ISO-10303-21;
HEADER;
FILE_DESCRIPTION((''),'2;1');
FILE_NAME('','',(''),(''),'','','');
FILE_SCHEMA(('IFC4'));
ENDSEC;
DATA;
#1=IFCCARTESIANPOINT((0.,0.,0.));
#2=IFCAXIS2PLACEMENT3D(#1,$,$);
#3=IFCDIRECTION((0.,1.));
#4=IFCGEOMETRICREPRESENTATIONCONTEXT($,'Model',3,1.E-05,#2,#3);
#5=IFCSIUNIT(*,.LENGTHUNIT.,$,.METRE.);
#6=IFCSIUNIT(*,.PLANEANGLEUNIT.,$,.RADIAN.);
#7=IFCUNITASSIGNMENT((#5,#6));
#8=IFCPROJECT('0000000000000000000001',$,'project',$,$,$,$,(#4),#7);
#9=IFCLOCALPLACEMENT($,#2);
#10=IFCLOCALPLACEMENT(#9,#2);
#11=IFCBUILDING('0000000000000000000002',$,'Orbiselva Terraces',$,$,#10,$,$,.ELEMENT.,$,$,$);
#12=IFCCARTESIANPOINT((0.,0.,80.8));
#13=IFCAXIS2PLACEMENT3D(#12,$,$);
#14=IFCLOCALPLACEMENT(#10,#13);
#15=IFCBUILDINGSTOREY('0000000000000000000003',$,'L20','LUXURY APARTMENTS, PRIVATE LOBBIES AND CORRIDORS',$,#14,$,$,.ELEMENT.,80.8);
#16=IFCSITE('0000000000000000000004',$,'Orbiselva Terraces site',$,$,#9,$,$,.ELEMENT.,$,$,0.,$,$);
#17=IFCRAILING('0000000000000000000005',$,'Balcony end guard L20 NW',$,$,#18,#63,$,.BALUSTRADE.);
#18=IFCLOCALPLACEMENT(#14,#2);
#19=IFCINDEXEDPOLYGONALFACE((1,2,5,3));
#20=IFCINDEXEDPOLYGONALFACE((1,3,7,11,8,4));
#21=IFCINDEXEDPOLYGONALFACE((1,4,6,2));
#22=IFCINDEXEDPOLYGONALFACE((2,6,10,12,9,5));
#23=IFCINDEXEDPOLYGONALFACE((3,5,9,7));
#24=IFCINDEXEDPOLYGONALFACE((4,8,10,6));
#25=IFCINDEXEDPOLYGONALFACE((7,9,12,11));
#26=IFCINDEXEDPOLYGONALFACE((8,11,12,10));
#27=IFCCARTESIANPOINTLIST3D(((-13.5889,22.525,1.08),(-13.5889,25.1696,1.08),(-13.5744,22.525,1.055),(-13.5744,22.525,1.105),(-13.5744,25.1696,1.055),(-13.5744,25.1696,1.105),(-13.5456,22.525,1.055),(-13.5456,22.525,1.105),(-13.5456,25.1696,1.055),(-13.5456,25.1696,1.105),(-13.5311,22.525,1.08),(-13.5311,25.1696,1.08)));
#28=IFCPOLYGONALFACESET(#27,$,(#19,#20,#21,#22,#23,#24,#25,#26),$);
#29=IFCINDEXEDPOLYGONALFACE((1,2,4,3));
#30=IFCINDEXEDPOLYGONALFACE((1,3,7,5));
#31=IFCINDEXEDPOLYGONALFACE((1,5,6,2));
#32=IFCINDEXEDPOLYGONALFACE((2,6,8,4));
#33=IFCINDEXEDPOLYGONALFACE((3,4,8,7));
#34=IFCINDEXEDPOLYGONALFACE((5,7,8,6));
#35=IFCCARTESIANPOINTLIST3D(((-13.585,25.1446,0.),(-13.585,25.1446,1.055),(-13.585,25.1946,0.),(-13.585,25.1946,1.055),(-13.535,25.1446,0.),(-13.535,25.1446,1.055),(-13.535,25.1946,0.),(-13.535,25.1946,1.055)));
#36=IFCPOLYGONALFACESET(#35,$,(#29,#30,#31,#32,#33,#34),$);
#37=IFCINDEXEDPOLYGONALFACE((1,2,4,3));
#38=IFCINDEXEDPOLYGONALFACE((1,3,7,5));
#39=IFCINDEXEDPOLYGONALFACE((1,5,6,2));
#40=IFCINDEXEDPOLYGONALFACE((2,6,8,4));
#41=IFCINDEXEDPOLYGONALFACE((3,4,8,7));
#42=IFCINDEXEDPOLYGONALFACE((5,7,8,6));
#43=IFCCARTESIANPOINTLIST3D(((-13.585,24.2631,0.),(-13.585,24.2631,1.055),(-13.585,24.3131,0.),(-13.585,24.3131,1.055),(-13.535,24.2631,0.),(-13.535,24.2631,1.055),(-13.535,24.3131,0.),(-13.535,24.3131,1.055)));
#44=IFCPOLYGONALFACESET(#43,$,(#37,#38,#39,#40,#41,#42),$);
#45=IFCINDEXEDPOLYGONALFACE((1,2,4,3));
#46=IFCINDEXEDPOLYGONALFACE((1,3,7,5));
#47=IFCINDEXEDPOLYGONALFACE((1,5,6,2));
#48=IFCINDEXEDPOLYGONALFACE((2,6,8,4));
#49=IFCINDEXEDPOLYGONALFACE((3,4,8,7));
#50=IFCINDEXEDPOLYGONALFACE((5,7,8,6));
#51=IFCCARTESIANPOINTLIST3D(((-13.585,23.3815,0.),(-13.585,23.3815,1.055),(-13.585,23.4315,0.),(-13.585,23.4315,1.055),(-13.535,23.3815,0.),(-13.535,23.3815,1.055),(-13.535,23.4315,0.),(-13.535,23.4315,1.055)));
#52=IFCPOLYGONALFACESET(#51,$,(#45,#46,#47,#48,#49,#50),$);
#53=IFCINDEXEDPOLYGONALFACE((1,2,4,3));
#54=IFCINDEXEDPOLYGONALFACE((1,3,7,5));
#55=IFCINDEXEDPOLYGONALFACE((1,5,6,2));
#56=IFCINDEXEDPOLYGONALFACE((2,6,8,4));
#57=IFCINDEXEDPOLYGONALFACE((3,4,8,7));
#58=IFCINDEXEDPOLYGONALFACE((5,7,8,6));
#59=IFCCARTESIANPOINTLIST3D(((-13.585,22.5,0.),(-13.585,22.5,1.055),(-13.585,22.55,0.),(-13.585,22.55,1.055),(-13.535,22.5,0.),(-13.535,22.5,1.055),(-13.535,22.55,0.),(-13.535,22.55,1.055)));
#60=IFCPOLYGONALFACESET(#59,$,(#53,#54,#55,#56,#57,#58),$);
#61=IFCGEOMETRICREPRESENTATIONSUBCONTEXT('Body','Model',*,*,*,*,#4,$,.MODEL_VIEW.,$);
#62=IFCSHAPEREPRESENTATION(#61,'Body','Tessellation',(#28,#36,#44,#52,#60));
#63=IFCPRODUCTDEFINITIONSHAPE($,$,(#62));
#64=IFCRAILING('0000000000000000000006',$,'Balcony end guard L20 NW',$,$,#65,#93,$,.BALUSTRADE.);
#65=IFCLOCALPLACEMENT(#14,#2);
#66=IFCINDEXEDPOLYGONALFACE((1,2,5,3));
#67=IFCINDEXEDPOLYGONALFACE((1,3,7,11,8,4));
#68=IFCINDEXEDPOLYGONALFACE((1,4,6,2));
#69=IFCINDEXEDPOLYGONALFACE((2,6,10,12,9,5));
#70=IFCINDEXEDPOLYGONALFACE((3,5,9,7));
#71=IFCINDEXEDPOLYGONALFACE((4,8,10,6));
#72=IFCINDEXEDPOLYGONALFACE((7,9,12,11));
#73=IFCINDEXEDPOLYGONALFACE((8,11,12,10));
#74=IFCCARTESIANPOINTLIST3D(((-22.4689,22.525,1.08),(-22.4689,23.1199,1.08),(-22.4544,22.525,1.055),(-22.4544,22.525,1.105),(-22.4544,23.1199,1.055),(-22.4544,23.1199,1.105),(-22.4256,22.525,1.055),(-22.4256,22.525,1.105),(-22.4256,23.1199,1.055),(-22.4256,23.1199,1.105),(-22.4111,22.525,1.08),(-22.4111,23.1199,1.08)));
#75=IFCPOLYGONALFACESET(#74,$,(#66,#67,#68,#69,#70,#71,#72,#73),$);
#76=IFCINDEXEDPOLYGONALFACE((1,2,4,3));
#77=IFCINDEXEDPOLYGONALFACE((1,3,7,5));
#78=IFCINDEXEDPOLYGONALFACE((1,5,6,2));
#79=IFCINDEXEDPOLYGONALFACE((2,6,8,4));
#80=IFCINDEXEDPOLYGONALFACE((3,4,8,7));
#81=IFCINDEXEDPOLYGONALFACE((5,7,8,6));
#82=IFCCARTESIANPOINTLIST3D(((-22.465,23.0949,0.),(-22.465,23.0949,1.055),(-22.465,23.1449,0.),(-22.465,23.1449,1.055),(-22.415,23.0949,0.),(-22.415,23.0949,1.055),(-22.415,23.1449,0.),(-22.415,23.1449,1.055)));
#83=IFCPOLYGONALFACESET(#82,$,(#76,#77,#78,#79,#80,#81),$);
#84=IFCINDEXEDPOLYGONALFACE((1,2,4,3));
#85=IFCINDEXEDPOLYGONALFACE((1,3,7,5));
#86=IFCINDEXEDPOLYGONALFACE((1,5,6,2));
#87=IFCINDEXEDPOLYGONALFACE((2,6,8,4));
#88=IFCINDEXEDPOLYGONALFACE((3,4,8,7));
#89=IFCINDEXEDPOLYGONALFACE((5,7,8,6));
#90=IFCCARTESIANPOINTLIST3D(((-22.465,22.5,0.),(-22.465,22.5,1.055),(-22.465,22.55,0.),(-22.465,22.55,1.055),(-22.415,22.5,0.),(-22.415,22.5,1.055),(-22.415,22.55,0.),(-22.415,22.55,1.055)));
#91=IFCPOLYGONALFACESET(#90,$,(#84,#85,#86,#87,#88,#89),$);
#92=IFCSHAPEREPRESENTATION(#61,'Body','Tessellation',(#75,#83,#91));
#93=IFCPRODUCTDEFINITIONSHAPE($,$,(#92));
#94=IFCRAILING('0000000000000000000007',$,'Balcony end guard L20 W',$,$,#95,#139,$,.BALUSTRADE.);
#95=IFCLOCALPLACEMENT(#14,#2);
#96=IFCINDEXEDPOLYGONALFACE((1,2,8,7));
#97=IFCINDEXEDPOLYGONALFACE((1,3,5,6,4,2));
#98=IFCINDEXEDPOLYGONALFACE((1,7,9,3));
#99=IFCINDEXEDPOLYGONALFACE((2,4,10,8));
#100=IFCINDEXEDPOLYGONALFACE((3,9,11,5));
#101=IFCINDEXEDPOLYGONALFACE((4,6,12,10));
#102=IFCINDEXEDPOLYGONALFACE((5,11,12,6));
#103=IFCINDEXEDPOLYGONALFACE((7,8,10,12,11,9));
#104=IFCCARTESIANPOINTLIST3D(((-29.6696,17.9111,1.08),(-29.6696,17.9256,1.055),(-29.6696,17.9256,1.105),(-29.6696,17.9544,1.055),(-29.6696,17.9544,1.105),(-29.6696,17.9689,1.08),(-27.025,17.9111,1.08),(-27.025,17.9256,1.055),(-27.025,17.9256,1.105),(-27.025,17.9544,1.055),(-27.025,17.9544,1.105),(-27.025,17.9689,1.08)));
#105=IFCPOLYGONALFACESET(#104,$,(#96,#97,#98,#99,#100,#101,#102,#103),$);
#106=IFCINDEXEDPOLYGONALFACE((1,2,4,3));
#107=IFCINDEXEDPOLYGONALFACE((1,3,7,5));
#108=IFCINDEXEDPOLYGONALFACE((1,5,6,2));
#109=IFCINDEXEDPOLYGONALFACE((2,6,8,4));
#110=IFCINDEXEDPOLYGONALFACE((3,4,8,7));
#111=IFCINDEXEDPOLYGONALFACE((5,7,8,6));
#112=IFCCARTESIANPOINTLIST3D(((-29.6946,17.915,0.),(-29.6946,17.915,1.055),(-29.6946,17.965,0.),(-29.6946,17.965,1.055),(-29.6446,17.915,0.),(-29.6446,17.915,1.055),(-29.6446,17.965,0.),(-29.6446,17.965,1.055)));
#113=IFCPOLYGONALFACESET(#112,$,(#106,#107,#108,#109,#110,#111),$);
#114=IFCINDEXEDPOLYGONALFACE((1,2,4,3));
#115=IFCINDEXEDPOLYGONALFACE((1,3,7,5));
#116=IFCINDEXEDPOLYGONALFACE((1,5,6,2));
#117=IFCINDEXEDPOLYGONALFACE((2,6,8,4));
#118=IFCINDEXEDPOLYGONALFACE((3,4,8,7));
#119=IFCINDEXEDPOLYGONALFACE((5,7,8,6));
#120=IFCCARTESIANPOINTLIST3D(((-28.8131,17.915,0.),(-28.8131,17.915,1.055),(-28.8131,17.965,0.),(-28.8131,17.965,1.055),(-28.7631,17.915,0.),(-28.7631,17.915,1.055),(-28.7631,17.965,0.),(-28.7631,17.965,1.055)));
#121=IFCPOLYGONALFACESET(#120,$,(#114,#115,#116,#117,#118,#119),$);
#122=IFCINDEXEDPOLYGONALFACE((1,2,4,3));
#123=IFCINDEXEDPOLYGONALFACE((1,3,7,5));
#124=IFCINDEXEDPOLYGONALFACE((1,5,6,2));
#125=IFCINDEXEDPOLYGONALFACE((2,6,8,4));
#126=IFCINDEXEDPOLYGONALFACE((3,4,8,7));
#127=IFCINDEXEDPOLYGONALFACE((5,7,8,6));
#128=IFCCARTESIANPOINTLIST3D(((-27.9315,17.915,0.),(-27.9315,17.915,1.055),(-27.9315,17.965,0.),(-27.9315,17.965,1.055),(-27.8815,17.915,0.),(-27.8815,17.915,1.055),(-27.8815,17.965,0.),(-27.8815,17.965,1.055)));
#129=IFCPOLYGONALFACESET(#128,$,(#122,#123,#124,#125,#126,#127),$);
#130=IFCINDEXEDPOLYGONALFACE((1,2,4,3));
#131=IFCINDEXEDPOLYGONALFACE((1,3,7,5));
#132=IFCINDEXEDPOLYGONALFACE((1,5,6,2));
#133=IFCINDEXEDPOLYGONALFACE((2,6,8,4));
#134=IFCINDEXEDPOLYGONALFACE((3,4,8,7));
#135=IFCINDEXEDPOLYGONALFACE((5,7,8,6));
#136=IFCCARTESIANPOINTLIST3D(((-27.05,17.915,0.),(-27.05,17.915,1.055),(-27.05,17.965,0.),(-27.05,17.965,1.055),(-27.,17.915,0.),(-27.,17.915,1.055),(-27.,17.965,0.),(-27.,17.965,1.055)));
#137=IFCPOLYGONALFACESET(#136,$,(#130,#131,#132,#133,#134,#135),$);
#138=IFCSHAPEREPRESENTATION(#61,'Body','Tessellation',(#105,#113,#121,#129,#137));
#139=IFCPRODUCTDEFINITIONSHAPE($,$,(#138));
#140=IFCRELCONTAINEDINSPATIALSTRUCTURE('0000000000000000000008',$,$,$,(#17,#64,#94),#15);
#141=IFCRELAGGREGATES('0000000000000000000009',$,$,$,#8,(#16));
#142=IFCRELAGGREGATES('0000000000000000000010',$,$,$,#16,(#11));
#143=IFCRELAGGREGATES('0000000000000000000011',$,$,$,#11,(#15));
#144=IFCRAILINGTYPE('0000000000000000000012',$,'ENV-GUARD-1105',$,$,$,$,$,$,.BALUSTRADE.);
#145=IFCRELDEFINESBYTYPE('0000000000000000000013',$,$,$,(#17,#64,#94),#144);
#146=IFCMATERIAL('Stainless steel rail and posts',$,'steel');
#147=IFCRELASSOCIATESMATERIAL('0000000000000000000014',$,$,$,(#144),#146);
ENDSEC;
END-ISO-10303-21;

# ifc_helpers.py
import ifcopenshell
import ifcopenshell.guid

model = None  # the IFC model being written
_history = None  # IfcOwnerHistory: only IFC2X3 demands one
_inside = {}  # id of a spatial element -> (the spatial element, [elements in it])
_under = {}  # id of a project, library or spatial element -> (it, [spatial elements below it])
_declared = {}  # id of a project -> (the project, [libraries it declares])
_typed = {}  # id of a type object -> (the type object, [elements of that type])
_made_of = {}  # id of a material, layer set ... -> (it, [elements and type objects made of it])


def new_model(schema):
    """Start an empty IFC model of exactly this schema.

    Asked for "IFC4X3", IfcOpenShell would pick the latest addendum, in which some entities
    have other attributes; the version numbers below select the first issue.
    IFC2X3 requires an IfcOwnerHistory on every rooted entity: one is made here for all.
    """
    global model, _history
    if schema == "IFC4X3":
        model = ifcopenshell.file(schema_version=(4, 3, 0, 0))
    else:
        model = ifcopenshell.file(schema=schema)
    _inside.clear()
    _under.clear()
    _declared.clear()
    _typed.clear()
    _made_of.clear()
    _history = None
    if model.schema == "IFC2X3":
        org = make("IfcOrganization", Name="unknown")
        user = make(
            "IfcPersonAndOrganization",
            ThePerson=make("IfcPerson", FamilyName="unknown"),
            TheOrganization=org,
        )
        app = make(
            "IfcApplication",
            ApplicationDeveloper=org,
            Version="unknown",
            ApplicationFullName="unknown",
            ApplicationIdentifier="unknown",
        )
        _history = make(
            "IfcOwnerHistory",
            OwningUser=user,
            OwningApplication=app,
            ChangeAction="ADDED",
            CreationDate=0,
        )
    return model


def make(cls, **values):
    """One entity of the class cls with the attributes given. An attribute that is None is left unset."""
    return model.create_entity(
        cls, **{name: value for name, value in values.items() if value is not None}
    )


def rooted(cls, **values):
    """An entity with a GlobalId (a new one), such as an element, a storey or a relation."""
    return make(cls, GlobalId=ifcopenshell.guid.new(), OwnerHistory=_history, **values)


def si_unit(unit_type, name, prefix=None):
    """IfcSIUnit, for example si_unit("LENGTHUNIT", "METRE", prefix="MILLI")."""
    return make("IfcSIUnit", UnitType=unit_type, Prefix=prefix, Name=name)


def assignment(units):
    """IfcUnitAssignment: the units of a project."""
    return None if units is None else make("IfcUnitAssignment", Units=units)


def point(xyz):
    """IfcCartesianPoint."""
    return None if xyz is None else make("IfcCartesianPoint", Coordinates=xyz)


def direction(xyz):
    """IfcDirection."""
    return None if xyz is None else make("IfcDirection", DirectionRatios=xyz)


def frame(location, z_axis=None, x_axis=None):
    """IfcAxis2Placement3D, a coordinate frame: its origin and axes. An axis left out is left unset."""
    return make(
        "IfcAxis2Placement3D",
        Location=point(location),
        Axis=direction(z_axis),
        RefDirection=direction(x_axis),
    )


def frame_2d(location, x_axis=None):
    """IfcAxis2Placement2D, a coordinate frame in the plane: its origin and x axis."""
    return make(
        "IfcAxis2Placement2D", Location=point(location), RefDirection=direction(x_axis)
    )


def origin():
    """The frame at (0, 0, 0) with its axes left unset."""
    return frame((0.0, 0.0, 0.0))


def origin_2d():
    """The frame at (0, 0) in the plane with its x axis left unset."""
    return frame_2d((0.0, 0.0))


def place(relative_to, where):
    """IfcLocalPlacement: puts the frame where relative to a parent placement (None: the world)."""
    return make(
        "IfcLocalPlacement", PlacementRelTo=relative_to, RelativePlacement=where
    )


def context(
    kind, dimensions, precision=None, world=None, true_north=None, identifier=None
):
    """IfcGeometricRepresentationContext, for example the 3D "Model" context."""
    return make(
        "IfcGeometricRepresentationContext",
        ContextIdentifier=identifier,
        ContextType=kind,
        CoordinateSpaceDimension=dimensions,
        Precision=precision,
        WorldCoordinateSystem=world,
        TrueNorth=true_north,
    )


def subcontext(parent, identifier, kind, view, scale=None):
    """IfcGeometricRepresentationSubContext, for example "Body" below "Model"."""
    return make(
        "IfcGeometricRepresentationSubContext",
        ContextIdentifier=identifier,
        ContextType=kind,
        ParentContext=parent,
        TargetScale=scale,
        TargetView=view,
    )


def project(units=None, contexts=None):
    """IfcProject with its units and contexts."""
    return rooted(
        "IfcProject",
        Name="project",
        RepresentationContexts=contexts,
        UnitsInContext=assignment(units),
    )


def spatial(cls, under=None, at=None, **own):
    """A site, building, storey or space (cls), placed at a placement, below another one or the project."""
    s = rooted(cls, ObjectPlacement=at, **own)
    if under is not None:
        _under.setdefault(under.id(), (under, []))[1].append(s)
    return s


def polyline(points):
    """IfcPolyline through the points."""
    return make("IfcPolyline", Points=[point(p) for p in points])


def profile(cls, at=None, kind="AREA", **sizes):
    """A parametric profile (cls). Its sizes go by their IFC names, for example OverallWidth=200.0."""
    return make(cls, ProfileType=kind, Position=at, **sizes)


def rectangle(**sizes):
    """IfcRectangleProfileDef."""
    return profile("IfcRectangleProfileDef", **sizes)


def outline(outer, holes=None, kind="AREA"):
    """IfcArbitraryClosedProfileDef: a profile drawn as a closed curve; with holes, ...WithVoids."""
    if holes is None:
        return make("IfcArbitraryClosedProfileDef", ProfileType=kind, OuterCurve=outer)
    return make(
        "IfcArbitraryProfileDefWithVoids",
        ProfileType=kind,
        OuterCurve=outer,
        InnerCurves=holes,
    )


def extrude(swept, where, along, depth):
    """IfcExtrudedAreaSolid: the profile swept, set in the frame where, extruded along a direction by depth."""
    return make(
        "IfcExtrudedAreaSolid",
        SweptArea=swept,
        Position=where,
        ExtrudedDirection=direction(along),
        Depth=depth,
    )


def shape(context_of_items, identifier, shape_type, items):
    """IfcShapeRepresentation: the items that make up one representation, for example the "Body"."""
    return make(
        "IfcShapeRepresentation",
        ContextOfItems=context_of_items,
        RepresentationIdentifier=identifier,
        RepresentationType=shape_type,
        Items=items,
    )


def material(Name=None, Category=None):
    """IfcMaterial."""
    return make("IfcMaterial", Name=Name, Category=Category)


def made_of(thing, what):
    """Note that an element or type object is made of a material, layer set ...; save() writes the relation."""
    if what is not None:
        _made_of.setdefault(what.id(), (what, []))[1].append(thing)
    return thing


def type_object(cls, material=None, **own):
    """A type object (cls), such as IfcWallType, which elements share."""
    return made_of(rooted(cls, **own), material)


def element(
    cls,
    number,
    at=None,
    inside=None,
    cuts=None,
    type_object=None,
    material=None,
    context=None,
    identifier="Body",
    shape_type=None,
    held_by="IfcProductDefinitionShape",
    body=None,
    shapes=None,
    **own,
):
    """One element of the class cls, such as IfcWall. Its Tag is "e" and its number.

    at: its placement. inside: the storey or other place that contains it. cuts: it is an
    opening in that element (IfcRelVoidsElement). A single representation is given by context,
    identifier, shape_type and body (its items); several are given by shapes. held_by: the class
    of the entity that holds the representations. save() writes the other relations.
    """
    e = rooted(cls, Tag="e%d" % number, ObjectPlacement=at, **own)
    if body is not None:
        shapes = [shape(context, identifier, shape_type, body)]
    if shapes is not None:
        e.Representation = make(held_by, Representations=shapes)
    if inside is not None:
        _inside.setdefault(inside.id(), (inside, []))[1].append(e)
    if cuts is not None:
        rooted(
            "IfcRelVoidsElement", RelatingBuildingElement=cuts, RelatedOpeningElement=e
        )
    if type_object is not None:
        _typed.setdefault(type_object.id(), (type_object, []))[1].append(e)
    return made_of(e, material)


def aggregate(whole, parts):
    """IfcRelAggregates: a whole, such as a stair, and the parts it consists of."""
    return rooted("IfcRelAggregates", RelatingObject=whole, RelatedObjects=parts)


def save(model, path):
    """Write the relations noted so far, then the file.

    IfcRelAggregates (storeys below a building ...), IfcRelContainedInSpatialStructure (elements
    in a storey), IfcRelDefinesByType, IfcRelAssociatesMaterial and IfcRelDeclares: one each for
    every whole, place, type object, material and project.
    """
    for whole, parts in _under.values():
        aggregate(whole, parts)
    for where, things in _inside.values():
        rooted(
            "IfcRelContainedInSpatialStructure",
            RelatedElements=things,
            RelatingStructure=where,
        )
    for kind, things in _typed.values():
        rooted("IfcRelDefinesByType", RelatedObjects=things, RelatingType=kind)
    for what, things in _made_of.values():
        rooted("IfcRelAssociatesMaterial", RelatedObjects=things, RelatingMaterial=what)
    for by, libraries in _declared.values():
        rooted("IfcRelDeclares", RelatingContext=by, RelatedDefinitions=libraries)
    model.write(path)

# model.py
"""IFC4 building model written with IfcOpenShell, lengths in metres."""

from ifc_helpers import new_model, si_unit, direction, frame, origin, origin_2d, place, context, subcontext, project, spatial, polyline, rectangle, outline, extrude, material, type_object, element, save


model = new_model("IFC4")

# Units and contexts
model_context = context("Model", 3, precision=1e-05, world=origin(), true_north=direction((0.0, 1.0)))
body_context = subcontext(model_context, "Body", "Model", "MODEL_VIEW")
ifc_project = project(units=[si_unit("LENGTHUNIT", "METRE"), si_unit("PLANEANGLEUNIT", "RADIAN")], contexts=[model_context])

# Site, building, storey
site_placement = place(None, origin())
site = spatial("IfcSite", under=ifc_project, at=site_placement, Name="Orbiselva Terraces site", CompositionType="ELEMENT", RefElevation=0.0)
building_placement = place(site_placement, origin())
building = spatial("IfcBuilding", under=site, at=building_placement, Name="Orbiselva Terraces", CompositionType="ELEMENT")
storey_placement = place(building_placement, frame((0.0, 0.0, 80.8)))
storey = spatial("IfcBuildingStorey", under=building, at=storey_placement, Name="L20", Description="LUXURY APARTMENTS, PRIVATE LOBBIES AND CORRIDORS", CompositionType="ELEMENT", Elevation=80.8)

# Railings
ifc_material_1 = material(Name="Stainless steel rail and posts", Category="steel")
railing_type_1 = type_object("IfcRailingType", Name="ENV-GUARD-1105", PredefinedType="BALUSTRADE", material=ifc_material_1)
railing_1_placement = place(storey_placement, frame((-13.56, 25.1696, 0.0)))
element("IfcRailing", 1, at=railing_1_placement, inside=storey, type_object=railing_type_1, Name="Balcony end guard L20 NW", PredefinedType="BALUSTRADE", context=body_context, shape_type="SweptSolid", body=[
    extrude(outline(polyline([(0.0289, 0.0), (0.0144, 0.025), (-0.0144, 0.025), (-0.0289, 0.0), (-0.0144, -0.025), (0.0144, -0.025), (0.0289, 0.0)])), frame((0.0, 0.0, 1.08), z_axis=(0.0, -1.0, 0.0), x_axis=(1.0, 0.0, 0.0)), (0.0, 0.0, 1.0), 2.6446),
    extrude(rectangle(XDim=0.05, YDim=0.05, at=origin_2d()), origin(), (0.0, 0.0, 1.0), 1.055),
    extrude(rectangle(XDim=0.05, YDim=0.05, at=origin_2d()), frame((0.0, -0.8815, 0.0)), (0.0, 0.0, 1.0), 1.055),
    extrude(rectangle(XDim=0.05, YDim=0.05, at=origin_2d()), frame((0.0, -1.7631, 0.0)), (0.0, 0.0, 1.0), 1.055),
    extrude(rectangle(XDim=0.05, YDim=0.05, at=origin_2d()), frame((0.0, -2.6446, 0.0)), (0.0, 0.0, 1.0), 1.055),
])
railing_2_placement = place(storey_placement, frame((-22.44, 23.1199, 0.0)))
element("IfcRailing", 2, at=railing_2_placement, inside=storey, type_object=railing_type_1, Name="Balcony end guard L20 NW", PredefinedType="BALUSTRADE", context=body_context, shape_type="SweptSolid", body=[
    extrude(outline(polyline([(0.0289, 0.0), (0.0144, 0.025), (-0.0144, 0.025), (-0.0289, 0.0), (-0.0144, -0.025), (0.0144, -0.025), (0.0289, 0.0)])), frame((0.0, 0.0, 1.08), z_axis=(0.0, -1.0, 0.0), x_axis=(1.0, 0.0, 0.0)), (0.0, 0.0, 1.0), 0.5949),
    extrude(rectangle(XDim=0.05, YDim=0.05, at=origin_2d()), origin(), (0.0, 0.0, 1.0), 1.055),
    extrude(rectangle(XDim=0.05, YDim=0.05, at=origin_2d()), frame((0.0, -0.5949, 0.0)), (0.0, 0.0, 1.0), 1.055),
])
railing_3_placement = place(storey_placement, frame((-29.6696, 17.94, 0.0)))
element("IfcRailing", 3, at=railing_3_placement, inside=storey, type_object=railing_type_1, Name="Balcony end guard L20 W", PredefinedType="BALUSTRADE", context=body_context, shape_type="SweptSolid", body=[
    extrude(outline(polyline([(0.0289, 0.0), (0.0144, 0.025), (-0.0144, 0.025), (-0.0289, 0.0), (-0.0144, -0.025), (0.0144, -0.025), (0.0289, 0.0)])), frame((0.0, 0.0, 1.08), z_axis=(1.0, 0.0, 0.0), x_axis=(0.0, 1.0, 0.0)), (0.0, 0.0, 1.0), 2.6446),
    extrude(rectangle(XDim=0.05, YDim=0.05, at=origin_2d()), origin(), (0.0, 0.0, 1.0), 1.055),
    extrude(rectangle(XDim=0.05, YDim=0.05, at=origin_2d()), frame((0.8815, 0.0, 0.0)), (0.0, 0.0, 1.0), 1.055),
    extrude(rectangle(XDim=0.05, YDim=0.05, at=origin_2d()), frame((1.7631, 0.0, 0.0)), (0.0, 0.0, 1.0), 1.055),
    extrude(rectangle(XDim=0.05, YDim=0.05, at=origin_2d()), frame((2.6446, 0.0, 0.0)), (0.0, 0.0, 1.0), 1.055),
])

save(model, "model.ifc")
